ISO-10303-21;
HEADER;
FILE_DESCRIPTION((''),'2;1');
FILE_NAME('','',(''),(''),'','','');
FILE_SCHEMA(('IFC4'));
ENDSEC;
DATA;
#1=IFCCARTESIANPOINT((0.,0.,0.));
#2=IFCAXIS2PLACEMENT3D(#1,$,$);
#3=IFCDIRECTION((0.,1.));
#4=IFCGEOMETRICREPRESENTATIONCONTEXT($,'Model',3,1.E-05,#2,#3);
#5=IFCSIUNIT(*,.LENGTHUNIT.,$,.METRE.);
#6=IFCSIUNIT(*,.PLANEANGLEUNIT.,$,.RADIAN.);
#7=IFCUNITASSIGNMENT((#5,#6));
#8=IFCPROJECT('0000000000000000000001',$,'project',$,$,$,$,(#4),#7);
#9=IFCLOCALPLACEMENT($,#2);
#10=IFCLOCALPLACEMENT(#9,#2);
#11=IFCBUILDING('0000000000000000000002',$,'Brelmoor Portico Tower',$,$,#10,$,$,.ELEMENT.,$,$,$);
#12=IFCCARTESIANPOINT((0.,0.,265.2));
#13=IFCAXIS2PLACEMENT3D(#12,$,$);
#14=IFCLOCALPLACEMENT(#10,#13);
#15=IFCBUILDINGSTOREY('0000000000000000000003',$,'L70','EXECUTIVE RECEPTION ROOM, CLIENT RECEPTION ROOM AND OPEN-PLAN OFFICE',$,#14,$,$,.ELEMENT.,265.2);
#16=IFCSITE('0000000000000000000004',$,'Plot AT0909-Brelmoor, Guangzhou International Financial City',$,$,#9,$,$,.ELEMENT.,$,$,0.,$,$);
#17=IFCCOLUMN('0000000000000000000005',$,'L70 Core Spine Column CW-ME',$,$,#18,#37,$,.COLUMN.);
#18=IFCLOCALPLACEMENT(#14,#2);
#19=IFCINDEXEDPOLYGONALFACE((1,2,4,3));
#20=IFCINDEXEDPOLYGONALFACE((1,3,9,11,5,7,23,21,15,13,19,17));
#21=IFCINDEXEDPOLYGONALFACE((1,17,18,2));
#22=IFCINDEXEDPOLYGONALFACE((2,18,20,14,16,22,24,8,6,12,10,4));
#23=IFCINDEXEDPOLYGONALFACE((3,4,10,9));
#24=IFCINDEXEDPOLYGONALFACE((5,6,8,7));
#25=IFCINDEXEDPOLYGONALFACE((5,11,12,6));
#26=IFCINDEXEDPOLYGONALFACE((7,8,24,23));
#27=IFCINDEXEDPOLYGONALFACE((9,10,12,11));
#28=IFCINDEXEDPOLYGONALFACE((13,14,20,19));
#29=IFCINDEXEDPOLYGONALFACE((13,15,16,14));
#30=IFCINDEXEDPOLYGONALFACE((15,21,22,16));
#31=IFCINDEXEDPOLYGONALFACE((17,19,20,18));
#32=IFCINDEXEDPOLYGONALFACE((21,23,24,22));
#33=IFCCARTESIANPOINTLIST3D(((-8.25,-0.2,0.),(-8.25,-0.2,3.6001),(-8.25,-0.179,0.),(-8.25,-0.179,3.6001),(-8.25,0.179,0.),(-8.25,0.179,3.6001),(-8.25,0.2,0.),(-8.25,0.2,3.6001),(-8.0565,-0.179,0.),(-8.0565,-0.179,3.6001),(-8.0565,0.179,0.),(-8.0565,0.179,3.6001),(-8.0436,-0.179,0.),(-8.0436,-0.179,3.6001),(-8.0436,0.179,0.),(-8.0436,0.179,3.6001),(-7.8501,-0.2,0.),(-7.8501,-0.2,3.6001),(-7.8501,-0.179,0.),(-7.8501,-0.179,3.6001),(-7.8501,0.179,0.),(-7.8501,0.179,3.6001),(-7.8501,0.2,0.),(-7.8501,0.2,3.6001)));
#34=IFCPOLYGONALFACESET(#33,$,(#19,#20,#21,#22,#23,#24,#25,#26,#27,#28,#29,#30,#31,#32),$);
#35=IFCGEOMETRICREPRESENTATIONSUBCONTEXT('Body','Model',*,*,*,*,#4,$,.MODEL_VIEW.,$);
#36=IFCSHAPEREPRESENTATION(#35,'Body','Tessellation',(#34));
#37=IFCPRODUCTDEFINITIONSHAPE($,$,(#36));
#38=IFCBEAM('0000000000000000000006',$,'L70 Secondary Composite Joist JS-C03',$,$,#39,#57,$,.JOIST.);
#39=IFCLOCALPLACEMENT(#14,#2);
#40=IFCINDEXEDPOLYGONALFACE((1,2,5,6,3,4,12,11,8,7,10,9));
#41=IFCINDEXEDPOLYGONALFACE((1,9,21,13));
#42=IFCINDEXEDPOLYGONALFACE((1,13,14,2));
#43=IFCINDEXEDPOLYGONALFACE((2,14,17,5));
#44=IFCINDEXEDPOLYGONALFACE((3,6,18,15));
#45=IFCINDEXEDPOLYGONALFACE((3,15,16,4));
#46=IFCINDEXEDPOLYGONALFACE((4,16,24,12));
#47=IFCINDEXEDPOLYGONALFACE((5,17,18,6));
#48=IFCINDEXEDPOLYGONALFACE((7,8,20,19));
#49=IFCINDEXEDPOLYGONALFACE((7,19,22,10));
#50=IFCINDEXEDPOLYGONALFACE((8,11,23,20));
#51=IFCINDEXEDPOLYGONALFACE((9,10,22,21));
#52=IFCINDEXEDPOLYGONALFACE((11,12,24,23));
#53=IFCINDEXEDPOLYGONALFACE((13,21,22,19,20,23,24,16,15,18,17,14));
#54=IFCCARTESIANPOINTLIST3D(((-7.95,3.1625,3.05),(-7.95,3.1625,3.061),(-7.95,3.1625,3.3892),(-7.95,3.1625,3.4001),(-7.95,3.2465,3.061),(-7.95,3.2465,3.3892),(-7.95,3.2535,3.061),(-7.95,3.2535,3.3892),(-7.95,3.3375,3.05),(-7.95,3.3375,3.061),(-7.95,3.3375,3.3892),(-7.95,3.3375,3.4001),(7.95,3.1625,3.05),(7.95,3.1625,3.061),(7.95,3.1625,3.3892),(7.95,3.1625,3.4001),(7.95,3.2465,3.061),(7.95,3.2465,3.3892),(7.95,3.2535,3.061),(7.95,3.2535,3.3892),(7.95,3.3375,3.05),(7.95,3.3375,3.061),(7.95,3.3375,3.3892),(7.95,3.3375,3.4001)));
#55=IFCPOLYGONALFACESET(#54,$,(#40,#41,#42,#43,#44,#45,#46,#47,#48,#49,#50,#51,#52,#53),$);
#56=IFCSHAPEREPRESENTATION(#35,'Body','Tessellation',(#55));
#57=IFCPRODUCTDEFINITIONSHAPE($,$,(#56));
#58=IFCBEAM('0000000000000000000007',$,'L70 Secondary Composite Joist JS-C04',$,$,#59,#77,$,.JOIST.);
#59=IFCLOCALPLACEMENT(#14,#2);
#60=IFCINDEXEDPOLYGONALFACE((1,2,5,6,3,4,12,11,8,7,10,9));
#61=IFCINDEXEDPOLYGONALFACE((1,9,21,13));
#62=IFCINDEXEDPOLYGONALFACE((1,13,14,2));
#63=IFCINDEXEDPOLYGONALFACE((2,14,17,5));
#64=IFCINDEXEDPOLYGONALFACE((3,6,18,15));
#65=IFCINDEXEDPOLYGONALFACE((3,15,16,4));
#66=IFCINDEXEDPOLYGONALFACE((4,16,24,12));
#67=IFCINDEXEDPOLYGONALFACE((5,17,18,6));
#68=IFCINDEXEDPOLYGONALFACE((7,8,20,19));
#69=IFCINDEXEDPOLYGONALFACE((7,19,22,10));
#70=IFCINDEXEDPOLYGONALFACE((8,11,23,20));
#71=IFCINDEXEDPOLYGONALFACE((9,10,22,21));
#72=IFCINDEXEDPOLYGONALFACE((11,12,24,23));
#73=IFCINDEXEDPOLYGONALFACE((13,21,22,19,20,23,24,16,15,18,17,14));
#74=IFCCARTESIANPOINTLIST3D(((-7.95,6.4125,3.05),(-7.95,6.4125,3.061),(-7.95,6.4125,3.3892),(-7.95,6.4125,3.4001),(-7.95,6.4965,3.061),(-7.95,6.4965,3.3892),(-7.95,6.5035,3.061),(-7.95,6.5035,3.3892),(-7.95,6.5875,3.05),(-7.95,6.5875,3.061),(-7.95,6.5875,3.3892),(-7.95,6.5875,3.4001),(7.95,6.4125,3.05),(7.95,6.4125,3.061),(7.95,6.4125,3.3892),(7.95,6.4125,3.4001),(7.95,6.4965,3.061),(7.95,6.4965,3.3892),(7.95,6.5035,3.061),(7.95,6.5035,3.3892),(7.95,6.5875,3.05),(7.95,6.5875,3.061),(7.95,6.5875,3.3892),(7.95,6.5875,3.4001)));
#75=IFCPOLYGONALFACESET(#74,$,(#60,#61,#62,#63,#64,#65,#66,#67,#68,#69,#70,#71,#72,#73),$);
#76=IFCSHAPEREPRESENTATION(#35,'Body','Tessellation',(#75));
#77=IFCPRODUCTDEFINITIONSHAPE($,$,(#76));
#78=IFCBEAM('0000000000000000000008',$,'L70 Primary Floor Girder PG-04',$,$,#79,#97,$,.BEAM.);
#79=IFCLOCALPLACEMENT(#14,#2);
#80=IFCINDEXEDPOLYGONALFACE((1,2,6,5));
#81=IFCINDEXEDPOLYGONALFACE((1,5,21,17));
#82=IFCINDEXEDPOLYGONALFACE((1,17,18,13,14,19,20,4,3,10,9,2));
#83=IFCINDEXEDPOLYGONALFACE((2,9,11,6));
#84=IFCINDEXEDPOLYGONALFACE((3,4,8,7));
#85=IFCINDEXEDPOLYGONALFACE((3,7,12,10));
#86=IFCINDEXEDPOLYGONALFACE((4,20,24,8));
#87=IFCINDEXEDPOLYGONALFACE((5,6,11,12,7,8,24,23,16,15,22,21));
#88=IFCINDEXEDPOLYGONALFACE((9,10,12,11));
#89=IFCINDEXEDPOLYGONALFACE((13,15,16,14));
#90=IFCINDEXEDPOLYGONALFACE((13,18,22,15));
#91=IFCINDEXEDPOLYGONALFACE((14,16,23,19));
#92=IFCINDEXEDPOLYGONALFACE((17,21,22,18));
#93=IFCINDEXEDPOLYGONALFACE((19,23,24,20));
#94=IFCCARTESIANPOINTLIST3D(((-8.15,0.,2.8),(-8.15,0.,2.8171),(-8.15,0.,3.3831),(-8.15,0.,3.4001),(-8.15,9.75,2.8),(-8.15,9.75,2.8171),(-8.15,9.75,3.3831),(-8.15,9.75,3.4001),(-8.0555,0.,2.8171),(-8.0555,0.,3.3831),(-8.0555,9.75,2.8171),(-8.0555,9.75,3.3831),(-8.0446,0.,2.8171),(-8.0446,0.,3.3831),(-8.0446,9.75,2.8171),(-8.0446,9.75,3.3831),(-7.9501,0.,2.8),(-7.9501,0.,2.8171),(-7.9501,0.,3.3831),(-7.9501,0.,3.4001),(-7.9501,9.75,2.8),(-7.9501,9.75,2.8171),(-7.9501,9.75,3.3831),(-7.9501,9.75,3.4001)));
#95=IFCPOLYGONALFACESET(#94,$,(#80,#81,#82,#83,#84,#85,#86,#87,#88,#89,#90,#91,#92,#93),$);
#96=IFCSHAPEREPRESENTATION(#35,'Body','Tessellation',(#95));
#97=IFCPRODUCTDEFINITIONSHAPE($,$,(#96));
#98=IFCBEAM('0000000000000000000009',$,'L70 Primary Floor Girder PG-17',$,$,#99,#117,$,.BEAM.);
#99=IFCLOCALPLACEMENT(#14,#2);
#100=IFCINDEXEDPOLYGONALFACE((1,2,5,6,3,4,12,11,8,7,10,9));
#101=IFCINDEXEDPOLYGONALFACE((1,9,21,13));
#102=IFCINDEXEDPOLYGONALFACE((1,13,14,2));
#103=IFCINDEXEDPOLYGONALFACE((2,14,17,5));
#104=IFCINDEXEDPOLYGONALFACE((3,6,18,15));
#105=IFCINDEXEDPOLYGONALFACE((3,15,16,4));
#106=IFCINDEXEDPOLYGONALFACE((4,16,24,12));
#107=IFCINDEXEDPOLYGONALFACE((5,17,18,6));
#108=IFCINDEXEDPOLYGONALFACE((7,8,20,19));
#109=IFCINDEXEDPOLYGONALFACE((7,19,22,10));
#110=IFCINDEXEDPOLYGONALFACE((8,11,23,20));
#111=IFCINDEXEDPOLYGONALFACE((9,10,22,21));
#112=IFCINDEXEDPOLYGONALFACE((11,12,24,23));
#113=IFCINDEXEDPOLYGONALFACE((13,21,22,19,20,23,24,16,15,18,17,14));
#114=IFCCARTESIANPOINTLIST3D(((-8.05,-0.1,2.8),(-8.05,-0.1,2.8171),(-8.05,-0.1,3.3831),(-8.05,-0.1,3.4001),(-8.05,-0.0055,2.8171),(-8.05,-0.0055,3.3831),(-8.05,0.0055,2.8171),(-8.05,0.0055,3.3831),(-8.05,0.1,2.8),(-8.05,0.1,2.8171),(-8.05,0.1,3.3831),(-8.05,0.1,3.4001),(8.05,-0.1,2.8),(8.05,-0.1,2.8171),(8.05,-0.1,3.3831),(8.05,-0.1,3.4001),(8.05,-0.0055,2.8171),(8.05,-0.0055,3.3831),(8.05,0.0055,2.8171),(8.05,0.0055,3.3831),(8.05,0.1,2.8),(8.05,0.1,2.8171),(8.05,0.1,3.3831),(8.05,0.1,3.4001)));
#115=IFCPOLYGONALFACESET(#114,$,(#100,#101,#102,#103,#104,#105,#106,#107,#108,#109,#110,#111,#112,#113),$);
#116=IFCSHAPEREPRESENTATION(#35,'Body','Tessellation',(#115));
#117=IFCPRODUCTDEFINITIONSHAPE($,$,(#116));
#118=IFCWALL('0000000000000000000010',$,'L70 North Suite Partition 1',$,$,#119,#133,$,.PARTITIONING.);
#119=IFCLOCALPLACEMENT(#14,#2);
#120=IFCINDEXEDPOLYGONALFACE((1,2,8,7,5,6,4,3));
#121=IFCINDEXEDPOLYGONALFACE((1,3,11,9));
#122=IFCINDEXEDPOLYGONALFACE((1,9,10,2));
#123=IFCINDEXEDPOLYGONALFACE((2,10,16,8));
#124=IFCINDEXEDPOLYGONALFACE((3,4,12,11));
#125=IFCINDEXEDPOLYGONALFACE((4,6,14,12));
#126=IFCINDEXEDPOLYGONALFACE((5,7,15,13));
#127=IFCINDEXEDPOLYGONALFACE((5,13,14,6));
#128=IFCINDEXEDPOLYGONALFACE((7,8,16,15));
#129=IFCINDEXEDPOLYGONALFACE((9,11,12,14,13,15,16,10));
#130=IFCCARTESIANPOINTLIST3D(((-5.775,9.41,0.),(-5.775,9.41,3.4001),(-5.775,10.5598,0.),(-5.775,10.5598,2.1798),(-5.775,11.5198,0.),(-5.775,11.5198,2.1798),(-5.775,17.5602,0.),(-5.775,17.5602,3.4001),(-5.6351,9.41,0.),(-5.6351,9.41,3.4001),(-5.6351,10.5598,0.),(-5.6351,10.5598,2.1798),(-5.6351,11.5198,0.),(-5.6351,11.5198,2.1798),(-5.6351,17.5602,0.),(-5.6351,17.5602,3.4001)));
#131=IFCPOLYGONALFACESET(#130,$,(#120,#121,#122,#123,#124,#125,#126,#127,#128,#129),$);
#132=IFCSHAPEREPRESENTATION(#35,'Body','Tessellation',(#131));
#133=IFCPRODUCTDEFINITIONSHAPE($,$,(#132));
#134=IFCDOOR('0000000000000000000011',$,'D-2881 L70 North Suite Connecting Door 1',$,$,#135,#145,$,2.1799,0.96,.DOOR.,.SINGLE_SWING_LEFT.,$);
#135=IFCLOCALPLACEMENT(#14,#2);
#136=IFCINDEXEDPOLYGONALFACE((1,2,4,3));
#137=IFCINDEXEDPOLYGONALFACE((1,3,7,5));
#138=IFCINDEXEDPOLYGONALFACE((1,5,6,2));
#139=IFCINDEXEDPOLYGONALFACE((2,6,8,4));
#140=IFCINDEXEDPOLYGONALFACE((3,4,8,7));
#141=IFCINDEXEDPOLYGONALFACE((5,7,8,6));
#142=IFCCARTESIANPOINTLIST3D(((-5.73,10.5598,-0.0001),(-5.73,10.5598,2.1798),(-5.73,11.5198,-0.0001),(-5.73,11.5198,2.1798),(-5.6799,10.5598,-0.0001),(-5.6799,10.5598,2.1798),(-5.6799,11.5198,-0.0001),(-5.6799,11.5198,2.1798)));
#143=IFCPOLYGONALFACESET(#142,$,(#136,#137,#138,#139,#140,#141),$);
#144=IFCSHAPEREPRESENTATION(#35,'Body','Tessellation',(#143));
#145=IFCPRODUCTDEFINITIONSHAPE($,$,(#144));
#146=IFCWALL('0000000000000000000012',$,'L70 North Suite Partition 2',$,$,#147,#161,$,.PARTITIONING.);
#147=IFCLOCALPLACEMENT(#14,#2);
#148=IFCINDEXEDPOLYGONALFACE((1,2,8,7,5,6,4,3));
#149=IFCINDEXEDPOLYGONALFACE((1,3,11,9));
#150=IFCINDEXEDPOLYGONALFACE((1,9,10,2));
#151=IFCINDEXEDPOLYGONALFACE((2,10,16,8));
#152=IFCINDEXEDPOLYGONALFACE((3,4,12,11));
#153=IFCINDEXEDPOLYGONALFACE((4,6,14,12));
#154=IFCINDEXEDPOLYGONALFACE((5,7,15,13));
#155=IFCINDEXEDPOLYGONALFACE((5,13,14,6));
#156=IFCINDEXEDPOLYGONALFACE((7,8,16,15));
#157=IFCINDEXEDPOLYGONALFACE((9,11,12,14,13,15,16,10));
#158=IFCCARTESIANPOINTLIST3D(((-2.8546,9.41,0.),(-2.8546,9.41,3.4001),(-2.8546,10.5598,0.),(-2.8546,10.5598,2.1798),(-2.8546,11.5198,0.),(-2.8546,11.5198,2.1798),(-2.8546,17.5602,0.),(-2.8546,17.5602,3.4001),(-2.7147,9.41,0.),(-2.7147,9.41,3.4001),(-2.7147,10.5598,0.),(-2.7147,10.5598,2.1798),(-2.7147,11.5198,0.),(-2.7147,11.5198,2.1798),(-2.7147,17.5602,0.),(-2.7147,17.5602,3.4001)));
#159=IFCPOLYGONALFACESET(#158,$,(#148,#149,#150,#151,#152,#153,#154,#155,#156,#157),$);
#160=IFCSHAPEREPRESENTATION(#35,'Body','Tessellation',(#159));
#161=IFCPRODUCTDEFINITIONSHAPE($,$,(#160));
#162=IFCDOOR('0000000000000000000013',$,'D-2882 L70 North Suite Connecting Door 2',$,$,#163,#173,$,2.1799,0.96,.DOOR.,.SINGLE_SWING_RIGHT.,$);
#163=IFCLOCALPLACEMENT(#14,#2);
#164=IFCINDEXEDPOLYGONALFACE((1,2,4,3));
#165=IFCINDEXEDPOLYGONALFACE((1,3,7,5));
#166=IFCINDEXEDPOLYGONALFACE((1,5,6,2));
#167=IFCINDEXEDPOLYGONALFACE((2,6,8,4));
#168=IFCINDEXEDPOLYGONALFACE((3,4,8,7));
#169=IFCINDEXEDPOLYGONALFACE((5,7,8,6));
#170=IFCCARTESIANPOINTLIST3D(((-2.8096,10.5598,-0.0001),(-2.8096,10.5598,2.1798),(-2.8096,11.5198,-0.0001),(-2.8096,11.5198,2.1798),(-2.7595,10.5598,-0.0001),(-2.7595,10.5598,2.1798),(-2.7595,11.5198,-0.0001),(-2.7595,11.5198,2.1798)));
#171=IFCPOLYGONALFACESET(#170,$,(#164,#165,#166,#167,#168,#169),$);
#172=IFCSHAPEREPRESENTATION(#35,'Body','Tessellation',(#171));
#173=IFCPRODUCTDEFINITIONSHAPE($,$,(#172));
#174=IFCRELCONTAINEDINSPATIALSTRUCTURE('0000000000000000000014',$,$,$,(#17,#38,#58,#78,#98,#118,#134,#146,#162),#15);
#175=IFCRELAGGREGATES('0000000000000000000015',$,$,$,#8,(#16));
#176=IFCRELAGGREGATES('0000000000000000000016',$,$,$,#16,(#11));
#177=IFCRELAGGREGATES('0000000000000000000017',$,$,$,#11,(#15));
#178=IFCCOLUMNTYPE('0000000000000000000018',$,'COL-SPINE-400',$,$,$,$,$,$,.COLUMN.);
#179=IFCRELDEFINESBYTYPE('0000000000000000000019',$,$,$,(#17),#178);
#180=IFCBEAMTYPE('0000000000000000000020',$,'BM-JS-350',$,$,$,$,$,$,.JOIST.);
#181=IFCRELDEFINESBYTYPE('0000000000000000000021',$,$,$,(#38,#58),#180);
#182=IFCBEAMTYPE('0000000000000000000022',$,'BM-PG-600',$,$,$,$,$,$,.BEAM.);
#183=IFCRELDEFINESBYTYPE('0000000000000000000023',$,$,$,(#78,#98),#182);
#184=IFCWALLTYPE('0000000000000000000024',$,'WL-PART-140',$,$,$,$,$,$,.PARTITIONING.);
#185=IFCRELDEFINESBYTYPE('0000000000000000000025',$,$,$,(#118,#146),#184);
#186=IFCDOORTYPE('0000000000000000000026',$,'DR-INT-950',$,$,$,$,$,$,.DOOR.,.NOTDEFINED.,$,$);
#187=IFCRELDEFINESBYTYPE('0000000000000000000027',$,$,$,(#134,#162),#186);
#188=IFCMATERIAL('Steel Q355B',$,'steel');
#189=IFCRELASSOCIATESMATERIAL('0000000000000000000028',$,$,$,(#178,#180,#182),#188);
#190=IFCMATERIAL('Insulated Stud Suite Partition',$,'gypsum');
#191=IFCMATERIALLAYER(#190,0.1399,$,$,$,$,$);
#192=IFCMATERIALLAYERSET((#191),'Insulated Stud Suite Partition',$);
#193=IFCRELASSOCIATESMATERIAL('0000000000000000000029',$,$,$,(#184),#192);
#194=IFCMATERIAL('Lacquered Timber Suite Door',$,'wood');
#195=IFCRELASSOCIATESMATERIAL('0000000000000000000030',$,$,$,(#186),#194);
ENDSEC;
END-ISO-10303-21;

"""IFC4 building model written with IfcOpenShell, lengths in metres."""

from ifc_helpers import new_model, si_unit, direction, frame, frame_2d, origin, origin_2d, place, context, subcontext, project, spatial, rectangle, i_section, extrude, material, layer, layer_set, material_profile, profile_set, type_object, element, fill, save


model = new_model("IFC4")

# Units and contexts
model_context = context("Model", 3, precision=1e-05, world=origin(), true_north=direction((0.0, 1.0)))
body_context = subcontext(model_context, "Body", "Model", "MODEL_VIEW")
ifc_project = project(units=[si_unit("LENGTHUNIT", "METRE"), si_unit("PLANEANGLEUNIT", "RADIAN")], contexts=[model_context])

# Site, building, storey
site_placement = place(None, origin())
site = spatial("IfcSite", under=ifc_project, at=site_placement, Name="Plot AT0909-Brelmoor, Guangzhou International Financial City", CompositionType="ELEMENT", RefElevation=0.0)
building_placement = place(site_placement, origin())
building = spatial("IfcBuilding", under=site, at=building_placement, Name="Brelmoor Portico Tower", CompositionType="ELEMENT")
storey_placement = place(building_placement, frame((0.0, 0.0, 265.2)))
storey = spatial("IfcBuildingStorey", under=building, at=storey_placement, Name="L70", Description="EXECUTIVE RECEPTION ROOM, CLIENT RECEPTION ROOM AND OPEN-PLAN OFFICE", CompositionType="ELEMENT", Elevation=265.2)

# Column
ifc_material_1 = material(Name="Steel Q355B", Category="steel")
ifc_material_profile_1 = material_profile(ifc_material_1, i_section(OverallWidth=0.3999, OverallDepth=0.3999, WebThickness=0.0129, FlangeThickness=0.021, at=origin_2d()), Name="HW 400x400x13x21")
ifc_profile_set_1 = profile_set([ifc_material_profile_1], Name="Steel Q355B")
column_type = type_object("IfcColumnType", Name="COL-SPINE-400", PredefinedType="COLUMN", material=ifc_profile_set_1)
column_placement = place(storey_placement, frame((-8.05, 0.0, 0.0), z_axis=(0.0, 0.0, 1.0), x_axis=(1.0, 0.0, 0.0)))
element("IfcColumn", 1, at=column_placement, inside=storey, type_object=column_type, Name="L70 Core Spine Column CW-ME", PredefinedType="COLUMN", context=body_context, shape_type="SweptSolid", body=[
    extrude(i_section(OverallWidth=0.3999, OverallDepth=0.3999, WebThickness=0.0129, FlangeThickness=0.021, at=origin_2d()), origin(), (0.0, 0.0, 1.0), 3.6001),
])

# Beams
ifc_material_profile_2 = material_profile(ifc_material_1, i_section(OverallWidth=0.175, OverallDepth=0.3501, WebThickness=0.0071, FlangeThickness=0.011, at=origin_2d()), Name="HN 350x175x7x11")
ifc_profile_set_2 = profile_set([ifc_material_profile_2], Name="Steel Q355B")
beam_type_1 = type_object("IfcBeamType", Name="BM-JS-350", PredefinedType="JOIST", material=ifc_profile_set_2)
for number, where, z_axis, x_axis, name in (
    (2, (-7.95, 3.25, 3.2251), (1.0, 0.0, 0.0), (0.0, 1.0, 0.0), "L70 Secondary Composite Joist JS-C03"),
    (3, (-7.95, 6.5, 3.2251), (1.0, 0.0, 0.0), (0.0, 1.0, 0.0), "L70 Secondary Composite Joist JS-C04"),
):
    element("IfcBeam", number, at=place(storey_placement, frame(where, z_axis=z_axis, x_axis=x_axis)), inside=storey, type_object=beam_type_1, Name=name, PredefinedType="JOIST", context=body_context, shape_type="SweptSolid", body=[
        extrude(i_section(OverallWidth=0.175, OverallDepth=0.3501, WebThickness=0.0071, FlangeThickness=0.011, at=origin_2d()), origin(), (0.0, 0.0, 1.0), 15.8999),
    ])
ifc_material_profile_3 = material_profile(ifc_material_1, i_section(OverallWidth=0.2, OverallDepth=0.6001, WebThickness=0.011, FlangeThickness=0.0171, at=origin_2d()), Name="HN 600x200x11x17")
ifc_profile_set_3 = profile_set([ifc_material_profile_3], Name="Steel Q355B")
beam_type_2 = type_object("IfcBeamType", Name="BM-PG-600", PredefinedType="BEAM", material=ifc_profile_set_3)
beam_1_placement = place(storey_placement, frame((-8.05, 0.0, 3.1001), z_axis=(0.0, 1.0, 0.0), x_axis=(-1.0, 0.0, 0.0)))
element("IfcBeam", 4, at=beam_1_placement, inside=storey, type_object=beam_type_2, Name="L70 Primary Floor Girder PG-04", PredefinedType="BEAM", context=body_context, shape_type="SweptSolid", body=[
    extrude(i_section(OverallWidth=0.2, OverallDepth=0.6001, WebThickness=0.011, FlangeThickness=0.0171, at=origin_2d()), origin(), (0.0, 0.0, 1.0), 9.75),
])
beam_2_placement = place(storey_placement, frame((-8.05, 0.0, 3.1001), z_axis=(1.0, 0.0, 0.0), x_axis=(0.0, 1.0, 0.0)))
element("IfcBeam", 5, at=beam_2_placement, inside=storey, type_object=beam_type_2, Name="L70 Primary Floor Girder PG-17", PredefinedType="BEAM", context=body_context, shape_type="SweptSolid", body=[
    extrude(i_section(OverallWidth=0.2, OverallDepth=0.6001, WebThickness=0.011, FlangeThickness=0.0171, at=origin_2d()), origin(), (0.0, 0.0, 1.0), 16.1001),
])

# Walls, openings, doors
ifc_material_2 = material(Name="Insulated Stud Suite Partition", Category="gypsum")
ifc_layer_1 = layer(ifc_material_2, 0.1399)
ifc_layer_set_1 = layer_set([ifc_layer_1], Name="Insulated Stud Suite Partition")
wall_type_1 = type_object("IfcWallType", Name="WL-PART-140", PredefinedType="PARTITIONING", material=ifc_layer_set_1)
wall_1_placement = place(storey_placement, frame((-5.7051, 9.4099, 0.0), z_axis=(0.0, 0.0, 1.0), x_axis=(0.0, 1.0, 0.0)))
wall_1 = element("IfcWall", 6, at=wall_1_placement, inside=storey, type_object=wall_type_1, Name="L70 North Suite Partition 1", PredefinedType="PARTITIONING", context=body_context, shape_type="SweptSolid", body=[
    extrude(rectangle(XDim=8.1501, YDim=0.1399, at=frame_2d((4.0752, 0.0))), origin(), (0.0, 0.0, 1.0), 3.4001),
])
opening_1_placement = place(wall_1_placement, frame((1.1499, 0.0, 0.0)))
opening_1 = element("IfcOpeningElement", 7, at=opening_1_placement, cuts=wall_1, PredefinedType="OPENING", context=body_context, shape_type="SweptSolid", body=[
    extrude(rectangle(XDim=0.96, YDim=2.1799, at=frame_2d((0.48, 1.0898))), frame((0.0, 0.0798, 0.0), z_axis=(0.0, -1.0, 0.0), x_axis=(1.0, 0.0, 0.0)), (0.0, 0.0, 1.0), 0.1599),
])
ifc_material_3 = material(Name="Lacquered Timber Suite Door", Category="wood")
door_type_1 = type_object("IfcDoorType", Name="DR-INT-950", OperationType="NOTDEFINED", PredefinedType="DOOR", material=ifc_material_3)
door_1_placement = place(opening_1_placement, origin())
door_1 = element("IfcDoor", 8, at=door_1_placement, inside=storey, type_object=door_type_1, Name="D-2881 L70 North Suite Connecting Door 1", OperationType="SINGLE_SWING_LEFT", OverallHeight=2.1799, OverallWidth=0.96, PredefinedType="DOOR", context=body_context, shape_type="SweptSolid", body=[
    extrude(rectangle(XDim=0.96, YDim=2.1799, at=frame_2d((0.48, 1.0898))), frame((0.0, 0.0249, 0.0), z_axis=(0.0, -1.0, 0.0), x_axis=(1.0, 0.0, 0.0)), (0.0, 0.0, 1.0), 0.05),
])
fill(opening_1, door_1)
wall_2_placement = place(storey_placement, frame((-2.7847, 9.4099, 0.0), z_axis=(0.0, 0.0, 1.0), x_axis=(0.0, 1.0, 0.0)))
wall_2 = element("IfcWall", 9, at=wall_2_placement, inside=storey, type_object=wall_type_1, Name="L70 North Suite Partition 2", PredefinedType="PARTITIONING", context=body_context, shape_type="SweptSolid", body=[
    extrude(rectangle(XDim=8.1501, YDim=0.1399, at=frame_2d((4.0752, 0.0))), origin(), (0.0, 0.0, 1.0), 3.4001),
])
opening_2_placement = place(wall_2_placement, frame((1.1499, 0.0, 0.0)))
opening_2 = element("IfcOpeningElement", 10, at=opening_2_placement, cuts=wall_2, PredefinedType="OPENING", context=body_context, shape_type="SweptSolid", body=[
    extrude(rectangle(XDim=0.96, YDim=2.1799, at=frame_2d((0.48, 1.0898))), frame((0.0, 0.0798, 0.0), z_axis=(0.0, -1.0, 0.0), x_axis=(1.0, 0.0, 0.0)), (0.0, 0.0, 1.0), 0.1599),
])
door_2_placement = place(opening_2_placement, origin())
door_2 = element("IfcDoor", 11, at=door_2_placement, inside=storey, type_object=door_type_1, Name="D-2882 L70 North Suite Connecting Door 2", OperationType="SINGLE_SWING_RIGHT", OverallHeight=2.1799, OverallWidth=0.96, PredefinedType="DOOR", context=body_context, shape_type="SweptSolid", body=[
    extrude(rectangle(XDim=0.96, YDim=2.1799, at=frame_2d((0.48, 1.0898))), frame((0.0, 0.0249, 0.0), z_axis=(0.0, -1.0, 0.0), x_axis=(1.0, 0.0, 0.0)), (0.0, 0.0, 1.0), 0.05),
])
fill(opening_2, door_2)

save(model, "model.ifc")
